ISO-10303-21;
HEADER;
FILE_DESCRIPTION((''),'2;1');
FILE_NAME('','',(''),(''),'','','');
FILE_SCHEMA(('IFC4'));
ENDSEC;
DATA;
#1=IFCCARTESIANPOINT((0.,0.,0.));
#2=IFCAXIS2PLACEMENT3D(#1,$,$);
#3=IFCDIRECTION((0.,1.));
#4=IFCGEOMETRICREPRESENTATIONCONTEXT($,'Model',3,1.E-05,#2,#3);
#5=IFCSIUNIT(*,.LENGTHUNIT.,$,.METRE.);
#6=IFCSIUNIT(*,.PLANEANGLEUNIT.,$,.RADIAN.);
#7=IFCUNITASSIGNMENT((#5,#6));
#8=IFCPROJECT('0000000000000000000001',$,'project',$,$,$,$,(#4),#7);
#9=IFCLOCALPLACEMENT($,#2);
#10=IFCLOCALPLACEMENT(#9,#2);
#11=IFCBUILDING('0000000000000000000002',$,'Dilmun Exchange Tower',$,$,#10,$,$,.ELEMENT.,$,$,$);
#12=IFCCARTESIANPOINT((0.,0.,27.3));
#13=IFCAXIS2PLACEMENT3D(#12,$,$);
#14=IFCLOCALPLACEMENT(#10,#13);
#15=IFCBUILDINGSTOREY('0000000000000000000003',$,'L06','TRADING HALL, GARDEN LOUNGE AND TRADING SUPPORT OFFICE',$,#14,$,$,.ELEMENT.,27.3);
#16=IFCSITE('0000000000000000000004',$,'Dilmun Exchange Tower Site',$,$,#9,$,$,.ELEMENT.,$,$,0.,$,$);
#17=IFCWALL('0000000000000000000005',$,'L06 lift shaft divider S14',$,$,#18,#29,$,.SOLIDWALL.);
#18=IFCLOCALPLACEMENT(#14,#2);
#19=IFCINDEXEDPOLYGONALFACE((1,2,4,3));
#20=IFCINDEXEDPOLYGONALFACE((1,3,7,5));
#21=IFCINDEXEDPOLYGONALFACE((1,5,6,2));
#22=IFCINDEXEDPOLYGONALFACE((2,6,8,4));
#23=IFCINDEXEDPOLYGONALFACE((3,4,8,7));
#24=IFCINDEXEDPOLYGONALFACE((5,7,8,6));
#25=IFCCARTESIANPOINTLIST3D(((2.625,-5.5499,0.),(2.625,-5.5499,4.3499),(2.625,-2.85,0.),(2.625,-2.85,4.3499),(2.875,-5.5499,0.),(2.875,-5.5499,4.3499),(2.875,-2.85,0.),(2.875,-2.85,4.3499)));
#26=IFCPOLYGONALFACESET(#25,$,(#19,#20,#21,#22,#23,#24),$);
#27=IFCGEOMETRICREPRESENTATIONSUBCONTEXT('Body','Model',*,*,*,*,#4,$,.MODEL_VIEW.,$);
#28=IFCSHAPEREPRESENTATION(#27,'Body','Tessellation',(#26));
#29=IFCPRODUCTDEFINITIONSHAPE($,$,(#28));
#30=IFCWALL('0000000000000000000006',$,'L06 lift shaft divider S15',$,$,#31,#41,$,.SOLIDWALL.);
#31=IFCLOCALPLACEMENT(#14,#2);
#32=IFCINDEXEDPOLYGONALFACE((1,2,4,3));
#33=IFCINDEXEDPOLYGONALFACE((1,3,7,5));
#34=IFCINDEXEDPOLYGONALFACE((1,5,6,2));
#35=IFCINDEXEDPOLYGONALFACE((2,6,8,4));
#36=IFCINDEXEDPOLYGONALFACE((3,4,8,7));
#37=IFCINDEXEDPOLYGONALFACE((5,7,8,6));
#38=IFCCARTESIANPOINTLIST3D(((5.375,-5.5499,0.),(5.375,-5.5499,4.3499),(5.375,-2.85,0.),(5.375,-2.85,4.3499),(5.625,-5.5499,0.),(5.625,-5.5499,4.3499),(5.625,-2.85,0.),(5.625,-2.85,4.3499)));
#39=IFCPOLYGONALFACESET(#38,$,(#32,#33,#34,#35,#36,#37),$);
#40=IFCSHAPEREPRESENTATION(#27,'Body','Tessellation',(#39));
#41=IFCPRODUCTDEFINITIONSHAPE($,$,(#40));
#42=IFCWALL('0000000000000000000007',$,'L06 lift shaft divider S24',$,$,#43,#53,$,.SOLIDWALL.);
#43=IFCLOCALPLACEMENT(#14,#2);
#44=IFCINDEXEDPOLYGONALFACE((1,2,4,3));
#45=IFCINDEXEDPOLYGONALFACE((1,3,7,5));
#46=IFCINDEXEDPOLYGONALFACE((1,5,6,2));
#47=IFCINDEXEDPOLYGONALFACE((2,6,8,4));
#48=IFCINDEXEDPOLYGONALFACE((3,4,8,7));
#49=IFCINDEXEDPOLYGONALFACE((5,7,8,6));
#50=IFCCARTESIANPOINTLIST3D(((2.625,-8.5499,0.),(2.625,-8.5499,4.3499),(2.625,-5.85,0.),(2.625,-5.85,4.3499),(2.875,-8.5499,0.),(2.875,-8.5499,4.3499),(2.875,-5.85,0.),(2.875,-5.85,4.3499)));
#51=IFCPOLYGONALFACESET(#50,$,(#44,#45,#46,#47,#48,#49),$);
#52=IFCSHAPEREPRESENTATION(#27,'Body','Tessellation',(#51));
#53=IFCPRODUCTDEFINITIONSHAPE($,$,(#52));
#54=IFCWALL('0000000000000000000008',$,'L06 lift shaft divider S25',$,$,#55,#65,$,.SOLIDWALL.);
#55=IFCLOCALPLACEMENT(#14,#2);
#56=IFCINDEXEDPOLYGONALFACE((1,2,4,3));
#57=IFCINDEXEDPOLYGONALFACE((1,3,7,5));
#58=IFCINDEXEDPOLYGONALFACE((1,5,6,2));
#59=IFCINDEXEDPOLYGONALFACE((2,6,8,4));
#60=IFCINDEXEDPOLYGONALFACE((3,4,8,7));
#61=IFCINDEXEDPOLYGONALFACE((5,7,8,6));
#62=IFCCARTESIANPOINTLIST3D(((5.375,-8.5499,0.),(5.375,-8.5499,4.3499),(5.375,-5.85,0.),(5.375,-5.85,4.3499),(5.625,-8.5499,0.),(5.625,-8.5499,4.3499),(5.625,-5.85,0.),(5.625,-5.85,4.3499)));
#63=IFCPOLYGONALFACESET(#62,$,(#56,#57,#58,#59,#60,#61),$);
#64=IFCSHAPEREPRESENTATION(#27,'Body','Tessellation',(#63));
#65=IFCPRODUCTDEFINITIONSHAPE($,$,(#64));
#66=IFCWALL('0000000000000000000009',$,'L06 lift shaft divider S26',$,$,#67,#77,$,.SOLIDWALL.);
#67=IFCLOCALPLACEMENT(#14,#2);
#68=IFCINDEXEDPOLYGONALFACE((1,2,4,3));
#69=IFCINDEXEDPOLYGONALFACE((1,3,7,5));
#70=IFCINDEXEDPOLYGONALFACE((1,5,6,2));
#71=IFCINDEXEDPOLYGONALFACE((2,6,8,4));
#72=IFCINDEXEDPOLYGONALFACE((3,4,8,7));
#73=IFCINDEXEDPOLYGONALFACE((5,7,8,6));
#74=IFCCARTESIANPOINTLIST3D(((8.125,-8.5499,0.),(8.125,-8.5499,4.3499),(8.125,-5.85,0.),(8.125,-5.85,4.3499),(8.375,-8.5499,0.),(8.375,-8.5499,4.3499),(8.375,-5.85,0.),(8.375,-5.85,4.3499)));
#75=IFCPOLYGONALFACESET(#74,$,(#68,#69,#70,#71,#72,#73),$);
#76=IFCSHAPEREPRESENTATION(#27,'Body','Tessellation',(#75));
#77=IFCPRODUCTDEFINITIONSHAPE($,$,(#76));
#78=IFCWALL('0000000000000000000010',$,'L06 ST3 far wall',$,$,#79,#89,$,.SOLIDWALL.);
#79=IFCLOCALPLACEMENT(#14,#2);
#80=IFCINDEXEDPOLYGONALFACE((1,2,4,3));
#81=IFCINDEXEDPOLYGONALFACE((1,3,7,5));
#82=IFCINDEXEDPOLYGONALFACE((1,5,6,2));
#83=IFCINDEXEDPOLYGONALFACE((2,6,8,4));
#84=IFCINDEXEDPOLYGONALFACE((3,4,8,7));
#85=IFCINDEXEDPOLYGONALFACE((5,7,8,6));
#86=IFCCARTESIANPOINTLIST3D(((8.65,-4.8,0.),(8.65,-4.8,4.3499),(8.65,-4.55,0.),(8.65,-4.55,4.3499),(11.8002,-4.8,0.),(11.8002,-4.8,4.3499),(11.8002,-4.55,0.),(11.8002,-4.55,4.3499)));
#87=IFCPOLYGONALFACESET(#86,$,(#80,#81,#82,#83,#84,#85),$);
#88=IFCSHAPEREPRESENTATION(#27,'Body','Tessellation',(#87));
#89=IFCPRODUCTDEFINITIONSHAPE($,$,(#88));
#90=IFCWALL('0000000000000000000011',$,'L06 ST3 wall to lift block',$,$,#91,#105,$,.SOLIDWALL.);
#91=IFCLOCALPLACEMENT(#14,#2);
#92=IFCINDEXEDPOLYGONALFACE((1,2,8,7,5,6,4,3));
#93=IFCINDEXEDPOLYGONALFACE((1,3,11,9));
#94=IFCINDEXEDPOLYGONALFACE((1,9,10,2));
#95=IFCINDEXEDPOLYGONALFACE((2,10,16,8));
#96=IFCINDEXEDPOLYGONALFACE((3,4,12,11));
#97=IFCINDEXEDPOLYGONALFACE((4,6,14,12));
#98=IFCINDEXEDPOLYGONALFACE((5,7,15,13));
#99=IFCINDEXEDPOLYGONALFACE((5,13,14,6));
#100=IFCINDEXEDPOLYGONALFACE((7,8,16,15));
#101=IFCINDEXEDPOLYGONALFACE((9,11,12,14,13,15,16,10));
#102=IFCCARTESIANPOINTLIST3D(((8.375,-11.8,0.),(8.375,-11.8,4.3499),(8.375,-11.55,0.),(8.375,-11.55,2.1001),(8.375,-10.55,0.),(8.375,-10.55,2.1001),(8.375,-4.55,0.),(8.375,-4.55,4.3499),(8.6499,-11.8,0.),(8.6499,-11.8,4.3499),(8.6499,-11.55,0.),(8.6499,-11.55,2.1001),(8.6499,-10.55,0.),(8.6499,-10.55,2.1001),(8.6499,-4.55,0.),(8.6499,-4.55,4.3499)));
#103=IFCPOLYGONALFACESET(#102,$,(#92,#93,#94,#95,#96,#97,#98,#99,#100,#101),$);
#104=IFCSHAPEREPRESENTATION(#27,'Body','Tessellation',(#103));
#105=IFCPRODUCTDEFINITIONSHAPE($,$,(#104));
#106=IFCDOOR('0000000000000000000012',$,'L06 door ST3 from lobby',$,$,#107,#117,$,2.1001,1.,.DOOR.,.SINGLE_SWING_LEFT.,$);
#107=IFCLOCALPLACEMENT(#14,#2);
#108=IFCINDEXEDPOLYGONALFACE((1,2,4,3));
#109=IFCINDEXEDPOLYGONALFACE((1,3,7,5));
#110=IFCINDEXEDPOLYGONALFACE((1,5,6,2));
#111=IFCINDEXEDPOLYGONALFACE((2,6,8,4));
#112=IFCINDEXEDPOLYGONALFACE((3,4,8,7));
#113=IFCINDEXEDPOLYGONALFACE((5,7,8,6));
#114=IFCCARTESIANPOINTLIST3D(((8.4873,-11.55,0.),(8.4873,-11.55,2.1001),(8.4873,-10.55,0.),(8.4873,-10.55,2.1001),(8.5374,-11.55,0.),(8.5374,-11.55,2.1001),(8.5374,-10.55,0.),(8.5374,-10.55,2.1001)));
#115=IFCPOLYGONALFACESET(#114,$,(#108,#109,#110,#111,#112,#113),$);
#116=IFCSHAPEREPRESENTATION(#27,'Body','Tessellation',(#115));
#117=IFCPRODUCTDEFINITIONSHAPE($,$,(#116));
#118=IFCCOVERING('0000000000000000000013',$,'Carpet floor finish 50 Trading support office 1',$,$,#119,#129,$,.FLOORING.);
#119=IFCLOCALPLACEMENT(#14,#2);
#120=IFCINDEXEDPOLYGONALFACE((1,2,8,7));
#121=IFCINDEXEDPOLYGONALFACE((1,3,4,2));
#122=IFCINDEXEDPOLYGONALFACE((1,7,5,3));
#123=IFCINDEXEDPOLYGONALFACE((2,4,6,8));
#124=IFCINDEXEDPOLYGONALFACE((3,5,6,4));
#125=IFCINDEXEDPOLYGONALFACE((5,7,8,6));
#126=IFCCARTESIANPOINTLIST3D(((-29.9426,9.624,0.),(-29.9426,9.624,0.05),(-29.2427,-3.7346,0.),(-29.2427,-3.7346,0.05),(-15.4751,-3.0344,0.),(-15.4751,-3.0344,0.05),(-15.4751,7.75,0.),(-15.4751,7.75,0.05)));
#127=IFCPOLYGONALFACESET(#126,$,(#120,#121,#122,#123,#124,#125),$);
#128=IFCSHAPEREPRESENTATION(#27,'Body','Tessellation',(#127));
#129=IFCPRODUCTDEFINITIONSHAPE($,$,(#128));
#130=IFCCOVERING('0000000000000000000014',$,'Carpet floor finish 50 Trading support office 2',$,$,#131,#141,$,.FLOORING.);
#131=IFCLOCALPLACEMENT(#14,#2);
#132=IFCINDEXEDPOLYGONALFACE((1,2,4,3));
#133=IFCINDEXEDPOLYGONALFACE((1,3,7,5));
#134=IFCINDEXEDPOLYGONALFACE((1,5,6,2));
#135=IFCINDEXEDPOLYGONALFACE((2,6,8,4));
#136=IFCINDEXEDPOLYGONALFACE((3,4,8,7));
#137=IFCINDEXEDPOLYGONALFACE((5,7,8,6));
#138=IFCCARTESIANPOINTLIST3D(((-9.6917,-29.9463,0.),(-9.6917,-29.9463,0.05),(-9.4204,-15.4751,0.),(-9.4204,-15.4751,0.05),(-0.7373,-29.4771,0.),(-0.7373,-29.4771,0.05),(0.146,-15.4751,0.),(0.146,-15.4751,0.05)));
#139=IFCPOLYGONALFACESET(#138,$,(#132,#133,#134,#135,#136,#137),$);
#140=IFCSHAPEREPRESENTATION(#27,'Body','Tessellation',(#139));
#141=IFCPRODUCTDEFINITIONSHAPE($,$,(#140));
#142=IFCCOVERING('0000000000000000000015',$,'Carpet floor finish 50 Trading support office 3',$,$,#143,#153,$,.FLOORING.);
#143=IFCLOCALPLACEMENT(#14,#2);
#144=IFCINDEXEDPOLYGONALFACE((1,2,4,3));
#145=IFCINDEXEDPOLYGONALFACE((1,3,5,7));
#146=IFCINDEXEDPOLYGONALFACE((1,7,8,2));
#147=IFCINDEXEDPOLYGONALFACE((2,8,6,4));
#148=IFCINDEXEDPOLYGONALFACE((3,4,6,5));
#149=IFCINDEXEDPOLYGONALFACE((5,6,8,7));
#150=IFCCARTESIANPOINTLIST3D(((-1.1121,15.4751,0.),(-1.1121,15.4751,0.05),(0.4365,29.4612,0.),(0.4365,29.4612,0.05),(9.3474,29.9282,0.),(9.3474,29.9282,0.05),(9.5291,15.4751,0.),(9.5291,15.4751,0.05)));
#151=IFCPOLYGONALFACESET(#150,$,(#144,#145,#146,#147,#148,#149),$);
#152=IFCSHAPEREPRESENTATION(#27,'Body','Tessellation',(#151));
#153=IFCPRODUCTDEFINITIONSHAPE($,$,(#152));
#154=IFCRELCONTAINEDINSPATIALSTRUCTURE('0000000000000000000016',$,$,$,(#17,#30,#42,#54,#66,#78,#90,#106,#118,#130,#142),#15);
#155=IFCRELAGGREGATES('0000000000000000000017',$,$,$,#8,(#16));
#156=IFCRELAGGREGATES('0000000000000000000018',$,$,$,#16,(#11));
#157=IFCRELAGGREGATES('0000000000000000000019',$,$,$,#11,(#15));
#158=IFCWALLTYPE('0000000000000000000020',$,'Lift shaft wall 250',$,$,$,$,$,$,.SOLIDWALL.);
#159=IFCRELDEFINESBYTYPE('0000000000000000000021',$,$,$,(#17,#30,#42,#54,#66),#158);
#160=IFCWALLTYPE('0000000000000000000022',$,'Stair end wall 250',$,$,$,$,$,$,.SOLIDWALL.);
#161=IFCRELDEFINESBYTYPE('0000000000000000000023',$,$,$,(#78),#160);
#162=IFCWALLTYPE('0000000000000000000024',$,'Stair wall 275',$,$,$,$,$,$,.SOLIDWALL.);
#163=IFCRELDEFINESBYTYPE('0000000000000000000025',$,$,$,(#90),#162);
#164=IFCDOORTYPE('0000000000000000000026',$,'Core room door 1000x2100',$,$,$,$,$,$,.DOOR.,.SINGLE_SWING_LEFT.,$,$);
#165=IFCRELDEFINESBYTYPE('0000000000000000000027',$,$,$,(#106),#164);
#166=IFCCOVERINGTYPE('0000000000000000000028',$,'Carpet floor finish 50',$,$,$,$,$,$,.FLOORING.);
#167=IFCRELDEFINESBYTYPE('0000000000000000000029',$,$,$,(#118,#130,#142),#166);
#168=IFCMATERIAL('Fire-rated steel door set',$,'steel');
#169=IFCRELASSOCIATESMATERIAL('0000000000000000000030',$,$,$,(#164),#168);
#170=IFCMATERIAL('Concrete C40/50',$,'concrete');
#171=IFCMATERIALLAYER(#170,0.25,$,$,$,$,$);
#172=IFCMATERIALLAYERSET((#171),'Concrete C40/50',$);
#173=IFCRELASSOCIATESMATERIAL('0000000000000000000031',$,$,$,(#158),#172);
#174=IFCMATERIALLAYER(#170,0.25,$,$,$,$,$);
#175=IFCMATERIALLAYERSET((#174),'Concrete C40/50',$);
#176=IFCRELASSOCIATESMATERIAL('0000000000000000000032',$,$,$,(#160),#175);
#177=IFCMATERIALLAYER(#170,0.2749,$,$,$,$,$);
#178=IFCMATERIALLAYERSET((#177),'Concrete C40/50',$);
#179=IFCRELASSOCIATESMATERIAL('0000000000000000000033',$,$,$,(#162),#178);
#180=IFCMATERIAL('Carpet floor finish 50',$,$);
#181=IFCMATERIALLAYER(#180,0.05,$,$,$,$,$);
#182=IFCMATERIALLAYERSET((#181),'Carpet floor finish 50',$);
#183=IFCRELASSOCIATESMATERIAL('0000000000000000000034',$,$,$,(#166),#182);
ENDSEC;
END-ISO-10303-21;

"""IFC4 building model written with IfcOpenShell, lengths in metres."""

from ifc_helpers import new_model, si_unit, direction, frame, frame_2d, origin, place, context, subcontext, project, spatial, polyline, rectangle, outline, extrude, material, layer, layer_set, type_object, element, fill, save


model = new_model("IFC4")

# Units and contexts
model_context = context("Model", 3, precision=1e-05, world=origin(), true_north=direction((0.0, 1.0)))
body_context = subcontext(model_context, "Body", "Model", "MODEL_VIEW")
ifc_project = project(units=[si_unit("LENGTHUNIT", "METRE"), si_unit("PLANEANGLEUNIT", "RADIAN")], contexts=[model_context])

# Site, building, storey
site_placement = place(None, origin())
site = spatial("IfcSite", under=ifc_project, at=site_placement, Name="Dilmun Exchange Tower Site", CompositionType="ELEMENT", RefElevation=0.0)
building_placement = place(site_placement, origin())
building = spatial("IfcBuilding", under=site, at=building_placement, Name="Dilmun Exchange Tower", CompositionType="ELEMENT")
storey_placement = place(building_placement, frame((0.0, 0.0, 27.3)))
storey = spatial("IfcBuildingStorey", under=building, at=storey_placement, Name="L06", Description="TRADING HALL, GARDEN LOUNGE AND TRADING SUPPORT OFFICE", CompositionType="ELEMENT", Elevation=27.3)

# Shared definitions
ifc_material_1 = material(Name="Concrete C40/50", Category="concrete")

# Shared definitions
ifc_material_2 = material(Name="Fire-rated steel door set", Category="steel")

# Shared definitions
door_type_1 = type_object("IfcDoorType", Name="Core room door 1000x2100", OperationType="SINGLE_SWING_LEFT", PredefinedType="DOOR", material=ifc_material_2)

# Walls
ifc_layer_1 = layer(ifc_material_1, 0.25)
ifc_layer_set_1 = layer_set([ifc_layer_1], Name="Concrete C40/50")
wall_type_1 = type_object("IfcWallType", Name="Lift shaft wall 250", PredefinedType="SOLIDWALL", material=ifc_layer_set_1)
for number, where, z_axis, x_axis, name in (
    (1, (2.75, -5.55, 0.0), (0.0, 0.0, 1.0), (0.0, 1.0, 0.0), "L06 lift shaft divider S14"),
    (2, (5.5, -5.55, 0.0), (0.0, 0.0, 1.0), (0.0, 1.0, 0.0), "L06 lift shaft divider S15"),
    (3, (2.75, -8.55, 0.0), (0.0, 0.0, 1.0), (0.0, 1.0, 0.0), "L06 lift shaft divider S24"),
    (4, (5.5, -8.55, 0.0), (0.0, 0.0, 1.0), (0.0, 1.0, 0.0), "L06 lift shaft divider S25"),
    (5, (8.25, -8.55, 0.0), (0.0, 0.0, 1.0), (0.0, 1.0, 0.0), "L06 lift shaft divider S26"),
):
    element("IfcWall", number, at=place(storey_placement, frame(where, z_axis=z_axis, x_axis=x_axis)), inside=storey, type_object=wall_type_1, Name=name, PredefinedType="SOLIDWALL", context=body_context, shape_type="SweptSolid", body=[
        extrude(rectangle(XDim=2.7, YDim=0.25, at=frame_2d((1.3501, 0.0))), origin(), (0.0, 0.0, 1.0), 4.3499),
    ])
ifc_layer_2 = layer(ifc_material_1, 0.25)
ifc_layer_set_2 = layer_set([ifc_layer_2], Name="Concrete C40/50")
wall_type_2 = type_object("IfcWallType", Name="Stair end wall 250", PredefinedType="SOLIDWALL", material=ifc_layer_set_2)
wall_1_placement = place(storey_placement, frame((8.6499, -4.675, 0.0), z_axis=(0.0, 0.0, 1.0), x_axis=(1.0, 0.0, 0.0)))
element("IfcWall", 6, at=wall_1_placement, inside=storey, type_object=wall_type_2, Name="L06 ST3 far wall", PredefinedType="SOLIDWALL", context=body_context, shape_type="SweptSolid", body=[
    extrude(rectangle(XDim=3.1501, YDim=0.25, at=frame_2d((1.5752, 0.0))), origin(), (0.0, 0.0, 1.0), 4.3499),
])

# Wall, opening, door
ifc_layer_3 = layer(ifc_material_1, 0.2749)
ifc_layer_set_3 = layer_set([ifc_layer_3], Name="Concrete C40/50")
wall_type_3 = type_object("IfcWallType", Name="Stair wall 275", PredefinedType="SOLIDWALL", material=ifc_layer_set_3)
wall_2_placement = place(storey_placement, frame((8.5125, -4.55, 0.0), z_axis=(0.0, 0.0, 1.0), x_axis=(0.0, -1.0, 0.0)))
wall_2 = element("IfcWall", 7, at=wall_2_placement, inside=storey, type_object=wall_type_3, Name="L06 ST3 wall to lift block", PredefinedType="SOLIDWALL", context=body_context, shape_type="SweptSolid", body=[
    extrude(rectangle(XDim=7.25, YDim=0.2749, at=frame_2d((3.625, 0.0))), origin(), (0.0, 0.0, 1.0), 4.3499),
])
opening_1_placement = place(wall_2_placement, frame((6.0, 0.0, 0.0)))
opening_1 = element("IfcOpeningElement", 8, at=opening_1_placement, cuts=wall_2, PredefinedType="OPENING", context=body_context, shape_type="SweptSolid", body=[
    extrude(rectangle(XDim=1.0, YDim=2.1001, at=frame_2d((0.5, 1.05))), frame((0.0, 0.1475, 0.0), z_axis=(0.0, -1.0, 0.0), x_axis=(1.0, 0.0, 0.0)), (0.0, 0.0, 1.0), 0.2949),
])
door_1_placement = place(opening_1_placement, origin())
door_1 = element("IfcDoor", 9, at=door_1_placement, inside=storey, type_object=door_type_1, Name="L06 door ST3 from lobby", OperationType="SINGLE_SWING_LEFT", OverallHeight=2.1001, OverallWidth=1.0, PredefinedType="DOOR", context=body_context, shape_type="SweptSolid", body=[
    extrude(rectangle(XDim=1.0, YDim=2.1001, at=frame_2d((0.5, 1.05))), frame((0.0, 0.0249, 0.0), z_axis=(0.0, -1.0, 0.0), x_axis=(1.0, 0.0, 0.0)), (0.0, 0.0, 1.0), 0.05),
])
fill(opening_1, door_1)

# Coverings
ifc_material_3 = material(Name="Carpet floor finish 50")
ifc_layer_4 = layer(ifc_material_3, 0.05)
ifc_layer_set_4 = layer_set([ifc_layer_4], Name="Carpet floor finish 50")
covering_type_1 = type_object("IfcCoveringType", Name="Carpet floor finish 50", PredefinedType="FLOORING", material=ifc_layer_set_4)
covering_1_placement = place(storey_placement, origin())
element("IfcCovering", 10, at=covering_1_placement, inside=storey, type_object=covering_type_1, Name="Carpet floor finish 50 Trading support office 1", PredefinedType="FLOORING", context=body_context, shape_type="SweptSolid", body=[
    extrude(outline(polyline([(-15.4751, 7.75), (-15.4751, -3.0344), (-29.2427, -3.7346), (-29.9426, 9.624), (-15.4751, 7.75)])), origin(), (0.0, 0.0, 1.0), 0.05),
])
covering_2_placement = place(storey_placement, origin())
element("IfcCovering", 11, at=covering_2_placement, inside=storey, type_object=covering_type_1, Name="Carpet floor finish 50 Trading support office 2", PredefinedType="FLOORING", context=body_context, shape_type="SweptSolid", body=[
    extrude(outline(polyline([(0.146, -15.4751), (-0.7373, -29.4771), (-9.6917, -29.9463), (-9.4204, -15.4751), (0.146, -15.4751)])), origin(), (0.0, 0.0, 1.0), 0.05),
])
covering_3_placement = place(storey_placement, origin())
element("IfcCovering", 12, at=covering_3_placement, inside=storey, type_object=covering_type_1, Name="Carpet floor finish 50 Trading support office 3", PredefinedType="FLOORING", context=body_context, shape_type="SweptSolid", body=[
    extrude(outline(polyline([(-1.1121, 15.4751), (0.4365, 29.4612), (9.3474, 29.9282), (9.5291, 15.4751), (-1.1121, 15.4751)])), origin(), (0.0, 0.0, 1.0), 0.05),
])

save(model, "model.ifc")
